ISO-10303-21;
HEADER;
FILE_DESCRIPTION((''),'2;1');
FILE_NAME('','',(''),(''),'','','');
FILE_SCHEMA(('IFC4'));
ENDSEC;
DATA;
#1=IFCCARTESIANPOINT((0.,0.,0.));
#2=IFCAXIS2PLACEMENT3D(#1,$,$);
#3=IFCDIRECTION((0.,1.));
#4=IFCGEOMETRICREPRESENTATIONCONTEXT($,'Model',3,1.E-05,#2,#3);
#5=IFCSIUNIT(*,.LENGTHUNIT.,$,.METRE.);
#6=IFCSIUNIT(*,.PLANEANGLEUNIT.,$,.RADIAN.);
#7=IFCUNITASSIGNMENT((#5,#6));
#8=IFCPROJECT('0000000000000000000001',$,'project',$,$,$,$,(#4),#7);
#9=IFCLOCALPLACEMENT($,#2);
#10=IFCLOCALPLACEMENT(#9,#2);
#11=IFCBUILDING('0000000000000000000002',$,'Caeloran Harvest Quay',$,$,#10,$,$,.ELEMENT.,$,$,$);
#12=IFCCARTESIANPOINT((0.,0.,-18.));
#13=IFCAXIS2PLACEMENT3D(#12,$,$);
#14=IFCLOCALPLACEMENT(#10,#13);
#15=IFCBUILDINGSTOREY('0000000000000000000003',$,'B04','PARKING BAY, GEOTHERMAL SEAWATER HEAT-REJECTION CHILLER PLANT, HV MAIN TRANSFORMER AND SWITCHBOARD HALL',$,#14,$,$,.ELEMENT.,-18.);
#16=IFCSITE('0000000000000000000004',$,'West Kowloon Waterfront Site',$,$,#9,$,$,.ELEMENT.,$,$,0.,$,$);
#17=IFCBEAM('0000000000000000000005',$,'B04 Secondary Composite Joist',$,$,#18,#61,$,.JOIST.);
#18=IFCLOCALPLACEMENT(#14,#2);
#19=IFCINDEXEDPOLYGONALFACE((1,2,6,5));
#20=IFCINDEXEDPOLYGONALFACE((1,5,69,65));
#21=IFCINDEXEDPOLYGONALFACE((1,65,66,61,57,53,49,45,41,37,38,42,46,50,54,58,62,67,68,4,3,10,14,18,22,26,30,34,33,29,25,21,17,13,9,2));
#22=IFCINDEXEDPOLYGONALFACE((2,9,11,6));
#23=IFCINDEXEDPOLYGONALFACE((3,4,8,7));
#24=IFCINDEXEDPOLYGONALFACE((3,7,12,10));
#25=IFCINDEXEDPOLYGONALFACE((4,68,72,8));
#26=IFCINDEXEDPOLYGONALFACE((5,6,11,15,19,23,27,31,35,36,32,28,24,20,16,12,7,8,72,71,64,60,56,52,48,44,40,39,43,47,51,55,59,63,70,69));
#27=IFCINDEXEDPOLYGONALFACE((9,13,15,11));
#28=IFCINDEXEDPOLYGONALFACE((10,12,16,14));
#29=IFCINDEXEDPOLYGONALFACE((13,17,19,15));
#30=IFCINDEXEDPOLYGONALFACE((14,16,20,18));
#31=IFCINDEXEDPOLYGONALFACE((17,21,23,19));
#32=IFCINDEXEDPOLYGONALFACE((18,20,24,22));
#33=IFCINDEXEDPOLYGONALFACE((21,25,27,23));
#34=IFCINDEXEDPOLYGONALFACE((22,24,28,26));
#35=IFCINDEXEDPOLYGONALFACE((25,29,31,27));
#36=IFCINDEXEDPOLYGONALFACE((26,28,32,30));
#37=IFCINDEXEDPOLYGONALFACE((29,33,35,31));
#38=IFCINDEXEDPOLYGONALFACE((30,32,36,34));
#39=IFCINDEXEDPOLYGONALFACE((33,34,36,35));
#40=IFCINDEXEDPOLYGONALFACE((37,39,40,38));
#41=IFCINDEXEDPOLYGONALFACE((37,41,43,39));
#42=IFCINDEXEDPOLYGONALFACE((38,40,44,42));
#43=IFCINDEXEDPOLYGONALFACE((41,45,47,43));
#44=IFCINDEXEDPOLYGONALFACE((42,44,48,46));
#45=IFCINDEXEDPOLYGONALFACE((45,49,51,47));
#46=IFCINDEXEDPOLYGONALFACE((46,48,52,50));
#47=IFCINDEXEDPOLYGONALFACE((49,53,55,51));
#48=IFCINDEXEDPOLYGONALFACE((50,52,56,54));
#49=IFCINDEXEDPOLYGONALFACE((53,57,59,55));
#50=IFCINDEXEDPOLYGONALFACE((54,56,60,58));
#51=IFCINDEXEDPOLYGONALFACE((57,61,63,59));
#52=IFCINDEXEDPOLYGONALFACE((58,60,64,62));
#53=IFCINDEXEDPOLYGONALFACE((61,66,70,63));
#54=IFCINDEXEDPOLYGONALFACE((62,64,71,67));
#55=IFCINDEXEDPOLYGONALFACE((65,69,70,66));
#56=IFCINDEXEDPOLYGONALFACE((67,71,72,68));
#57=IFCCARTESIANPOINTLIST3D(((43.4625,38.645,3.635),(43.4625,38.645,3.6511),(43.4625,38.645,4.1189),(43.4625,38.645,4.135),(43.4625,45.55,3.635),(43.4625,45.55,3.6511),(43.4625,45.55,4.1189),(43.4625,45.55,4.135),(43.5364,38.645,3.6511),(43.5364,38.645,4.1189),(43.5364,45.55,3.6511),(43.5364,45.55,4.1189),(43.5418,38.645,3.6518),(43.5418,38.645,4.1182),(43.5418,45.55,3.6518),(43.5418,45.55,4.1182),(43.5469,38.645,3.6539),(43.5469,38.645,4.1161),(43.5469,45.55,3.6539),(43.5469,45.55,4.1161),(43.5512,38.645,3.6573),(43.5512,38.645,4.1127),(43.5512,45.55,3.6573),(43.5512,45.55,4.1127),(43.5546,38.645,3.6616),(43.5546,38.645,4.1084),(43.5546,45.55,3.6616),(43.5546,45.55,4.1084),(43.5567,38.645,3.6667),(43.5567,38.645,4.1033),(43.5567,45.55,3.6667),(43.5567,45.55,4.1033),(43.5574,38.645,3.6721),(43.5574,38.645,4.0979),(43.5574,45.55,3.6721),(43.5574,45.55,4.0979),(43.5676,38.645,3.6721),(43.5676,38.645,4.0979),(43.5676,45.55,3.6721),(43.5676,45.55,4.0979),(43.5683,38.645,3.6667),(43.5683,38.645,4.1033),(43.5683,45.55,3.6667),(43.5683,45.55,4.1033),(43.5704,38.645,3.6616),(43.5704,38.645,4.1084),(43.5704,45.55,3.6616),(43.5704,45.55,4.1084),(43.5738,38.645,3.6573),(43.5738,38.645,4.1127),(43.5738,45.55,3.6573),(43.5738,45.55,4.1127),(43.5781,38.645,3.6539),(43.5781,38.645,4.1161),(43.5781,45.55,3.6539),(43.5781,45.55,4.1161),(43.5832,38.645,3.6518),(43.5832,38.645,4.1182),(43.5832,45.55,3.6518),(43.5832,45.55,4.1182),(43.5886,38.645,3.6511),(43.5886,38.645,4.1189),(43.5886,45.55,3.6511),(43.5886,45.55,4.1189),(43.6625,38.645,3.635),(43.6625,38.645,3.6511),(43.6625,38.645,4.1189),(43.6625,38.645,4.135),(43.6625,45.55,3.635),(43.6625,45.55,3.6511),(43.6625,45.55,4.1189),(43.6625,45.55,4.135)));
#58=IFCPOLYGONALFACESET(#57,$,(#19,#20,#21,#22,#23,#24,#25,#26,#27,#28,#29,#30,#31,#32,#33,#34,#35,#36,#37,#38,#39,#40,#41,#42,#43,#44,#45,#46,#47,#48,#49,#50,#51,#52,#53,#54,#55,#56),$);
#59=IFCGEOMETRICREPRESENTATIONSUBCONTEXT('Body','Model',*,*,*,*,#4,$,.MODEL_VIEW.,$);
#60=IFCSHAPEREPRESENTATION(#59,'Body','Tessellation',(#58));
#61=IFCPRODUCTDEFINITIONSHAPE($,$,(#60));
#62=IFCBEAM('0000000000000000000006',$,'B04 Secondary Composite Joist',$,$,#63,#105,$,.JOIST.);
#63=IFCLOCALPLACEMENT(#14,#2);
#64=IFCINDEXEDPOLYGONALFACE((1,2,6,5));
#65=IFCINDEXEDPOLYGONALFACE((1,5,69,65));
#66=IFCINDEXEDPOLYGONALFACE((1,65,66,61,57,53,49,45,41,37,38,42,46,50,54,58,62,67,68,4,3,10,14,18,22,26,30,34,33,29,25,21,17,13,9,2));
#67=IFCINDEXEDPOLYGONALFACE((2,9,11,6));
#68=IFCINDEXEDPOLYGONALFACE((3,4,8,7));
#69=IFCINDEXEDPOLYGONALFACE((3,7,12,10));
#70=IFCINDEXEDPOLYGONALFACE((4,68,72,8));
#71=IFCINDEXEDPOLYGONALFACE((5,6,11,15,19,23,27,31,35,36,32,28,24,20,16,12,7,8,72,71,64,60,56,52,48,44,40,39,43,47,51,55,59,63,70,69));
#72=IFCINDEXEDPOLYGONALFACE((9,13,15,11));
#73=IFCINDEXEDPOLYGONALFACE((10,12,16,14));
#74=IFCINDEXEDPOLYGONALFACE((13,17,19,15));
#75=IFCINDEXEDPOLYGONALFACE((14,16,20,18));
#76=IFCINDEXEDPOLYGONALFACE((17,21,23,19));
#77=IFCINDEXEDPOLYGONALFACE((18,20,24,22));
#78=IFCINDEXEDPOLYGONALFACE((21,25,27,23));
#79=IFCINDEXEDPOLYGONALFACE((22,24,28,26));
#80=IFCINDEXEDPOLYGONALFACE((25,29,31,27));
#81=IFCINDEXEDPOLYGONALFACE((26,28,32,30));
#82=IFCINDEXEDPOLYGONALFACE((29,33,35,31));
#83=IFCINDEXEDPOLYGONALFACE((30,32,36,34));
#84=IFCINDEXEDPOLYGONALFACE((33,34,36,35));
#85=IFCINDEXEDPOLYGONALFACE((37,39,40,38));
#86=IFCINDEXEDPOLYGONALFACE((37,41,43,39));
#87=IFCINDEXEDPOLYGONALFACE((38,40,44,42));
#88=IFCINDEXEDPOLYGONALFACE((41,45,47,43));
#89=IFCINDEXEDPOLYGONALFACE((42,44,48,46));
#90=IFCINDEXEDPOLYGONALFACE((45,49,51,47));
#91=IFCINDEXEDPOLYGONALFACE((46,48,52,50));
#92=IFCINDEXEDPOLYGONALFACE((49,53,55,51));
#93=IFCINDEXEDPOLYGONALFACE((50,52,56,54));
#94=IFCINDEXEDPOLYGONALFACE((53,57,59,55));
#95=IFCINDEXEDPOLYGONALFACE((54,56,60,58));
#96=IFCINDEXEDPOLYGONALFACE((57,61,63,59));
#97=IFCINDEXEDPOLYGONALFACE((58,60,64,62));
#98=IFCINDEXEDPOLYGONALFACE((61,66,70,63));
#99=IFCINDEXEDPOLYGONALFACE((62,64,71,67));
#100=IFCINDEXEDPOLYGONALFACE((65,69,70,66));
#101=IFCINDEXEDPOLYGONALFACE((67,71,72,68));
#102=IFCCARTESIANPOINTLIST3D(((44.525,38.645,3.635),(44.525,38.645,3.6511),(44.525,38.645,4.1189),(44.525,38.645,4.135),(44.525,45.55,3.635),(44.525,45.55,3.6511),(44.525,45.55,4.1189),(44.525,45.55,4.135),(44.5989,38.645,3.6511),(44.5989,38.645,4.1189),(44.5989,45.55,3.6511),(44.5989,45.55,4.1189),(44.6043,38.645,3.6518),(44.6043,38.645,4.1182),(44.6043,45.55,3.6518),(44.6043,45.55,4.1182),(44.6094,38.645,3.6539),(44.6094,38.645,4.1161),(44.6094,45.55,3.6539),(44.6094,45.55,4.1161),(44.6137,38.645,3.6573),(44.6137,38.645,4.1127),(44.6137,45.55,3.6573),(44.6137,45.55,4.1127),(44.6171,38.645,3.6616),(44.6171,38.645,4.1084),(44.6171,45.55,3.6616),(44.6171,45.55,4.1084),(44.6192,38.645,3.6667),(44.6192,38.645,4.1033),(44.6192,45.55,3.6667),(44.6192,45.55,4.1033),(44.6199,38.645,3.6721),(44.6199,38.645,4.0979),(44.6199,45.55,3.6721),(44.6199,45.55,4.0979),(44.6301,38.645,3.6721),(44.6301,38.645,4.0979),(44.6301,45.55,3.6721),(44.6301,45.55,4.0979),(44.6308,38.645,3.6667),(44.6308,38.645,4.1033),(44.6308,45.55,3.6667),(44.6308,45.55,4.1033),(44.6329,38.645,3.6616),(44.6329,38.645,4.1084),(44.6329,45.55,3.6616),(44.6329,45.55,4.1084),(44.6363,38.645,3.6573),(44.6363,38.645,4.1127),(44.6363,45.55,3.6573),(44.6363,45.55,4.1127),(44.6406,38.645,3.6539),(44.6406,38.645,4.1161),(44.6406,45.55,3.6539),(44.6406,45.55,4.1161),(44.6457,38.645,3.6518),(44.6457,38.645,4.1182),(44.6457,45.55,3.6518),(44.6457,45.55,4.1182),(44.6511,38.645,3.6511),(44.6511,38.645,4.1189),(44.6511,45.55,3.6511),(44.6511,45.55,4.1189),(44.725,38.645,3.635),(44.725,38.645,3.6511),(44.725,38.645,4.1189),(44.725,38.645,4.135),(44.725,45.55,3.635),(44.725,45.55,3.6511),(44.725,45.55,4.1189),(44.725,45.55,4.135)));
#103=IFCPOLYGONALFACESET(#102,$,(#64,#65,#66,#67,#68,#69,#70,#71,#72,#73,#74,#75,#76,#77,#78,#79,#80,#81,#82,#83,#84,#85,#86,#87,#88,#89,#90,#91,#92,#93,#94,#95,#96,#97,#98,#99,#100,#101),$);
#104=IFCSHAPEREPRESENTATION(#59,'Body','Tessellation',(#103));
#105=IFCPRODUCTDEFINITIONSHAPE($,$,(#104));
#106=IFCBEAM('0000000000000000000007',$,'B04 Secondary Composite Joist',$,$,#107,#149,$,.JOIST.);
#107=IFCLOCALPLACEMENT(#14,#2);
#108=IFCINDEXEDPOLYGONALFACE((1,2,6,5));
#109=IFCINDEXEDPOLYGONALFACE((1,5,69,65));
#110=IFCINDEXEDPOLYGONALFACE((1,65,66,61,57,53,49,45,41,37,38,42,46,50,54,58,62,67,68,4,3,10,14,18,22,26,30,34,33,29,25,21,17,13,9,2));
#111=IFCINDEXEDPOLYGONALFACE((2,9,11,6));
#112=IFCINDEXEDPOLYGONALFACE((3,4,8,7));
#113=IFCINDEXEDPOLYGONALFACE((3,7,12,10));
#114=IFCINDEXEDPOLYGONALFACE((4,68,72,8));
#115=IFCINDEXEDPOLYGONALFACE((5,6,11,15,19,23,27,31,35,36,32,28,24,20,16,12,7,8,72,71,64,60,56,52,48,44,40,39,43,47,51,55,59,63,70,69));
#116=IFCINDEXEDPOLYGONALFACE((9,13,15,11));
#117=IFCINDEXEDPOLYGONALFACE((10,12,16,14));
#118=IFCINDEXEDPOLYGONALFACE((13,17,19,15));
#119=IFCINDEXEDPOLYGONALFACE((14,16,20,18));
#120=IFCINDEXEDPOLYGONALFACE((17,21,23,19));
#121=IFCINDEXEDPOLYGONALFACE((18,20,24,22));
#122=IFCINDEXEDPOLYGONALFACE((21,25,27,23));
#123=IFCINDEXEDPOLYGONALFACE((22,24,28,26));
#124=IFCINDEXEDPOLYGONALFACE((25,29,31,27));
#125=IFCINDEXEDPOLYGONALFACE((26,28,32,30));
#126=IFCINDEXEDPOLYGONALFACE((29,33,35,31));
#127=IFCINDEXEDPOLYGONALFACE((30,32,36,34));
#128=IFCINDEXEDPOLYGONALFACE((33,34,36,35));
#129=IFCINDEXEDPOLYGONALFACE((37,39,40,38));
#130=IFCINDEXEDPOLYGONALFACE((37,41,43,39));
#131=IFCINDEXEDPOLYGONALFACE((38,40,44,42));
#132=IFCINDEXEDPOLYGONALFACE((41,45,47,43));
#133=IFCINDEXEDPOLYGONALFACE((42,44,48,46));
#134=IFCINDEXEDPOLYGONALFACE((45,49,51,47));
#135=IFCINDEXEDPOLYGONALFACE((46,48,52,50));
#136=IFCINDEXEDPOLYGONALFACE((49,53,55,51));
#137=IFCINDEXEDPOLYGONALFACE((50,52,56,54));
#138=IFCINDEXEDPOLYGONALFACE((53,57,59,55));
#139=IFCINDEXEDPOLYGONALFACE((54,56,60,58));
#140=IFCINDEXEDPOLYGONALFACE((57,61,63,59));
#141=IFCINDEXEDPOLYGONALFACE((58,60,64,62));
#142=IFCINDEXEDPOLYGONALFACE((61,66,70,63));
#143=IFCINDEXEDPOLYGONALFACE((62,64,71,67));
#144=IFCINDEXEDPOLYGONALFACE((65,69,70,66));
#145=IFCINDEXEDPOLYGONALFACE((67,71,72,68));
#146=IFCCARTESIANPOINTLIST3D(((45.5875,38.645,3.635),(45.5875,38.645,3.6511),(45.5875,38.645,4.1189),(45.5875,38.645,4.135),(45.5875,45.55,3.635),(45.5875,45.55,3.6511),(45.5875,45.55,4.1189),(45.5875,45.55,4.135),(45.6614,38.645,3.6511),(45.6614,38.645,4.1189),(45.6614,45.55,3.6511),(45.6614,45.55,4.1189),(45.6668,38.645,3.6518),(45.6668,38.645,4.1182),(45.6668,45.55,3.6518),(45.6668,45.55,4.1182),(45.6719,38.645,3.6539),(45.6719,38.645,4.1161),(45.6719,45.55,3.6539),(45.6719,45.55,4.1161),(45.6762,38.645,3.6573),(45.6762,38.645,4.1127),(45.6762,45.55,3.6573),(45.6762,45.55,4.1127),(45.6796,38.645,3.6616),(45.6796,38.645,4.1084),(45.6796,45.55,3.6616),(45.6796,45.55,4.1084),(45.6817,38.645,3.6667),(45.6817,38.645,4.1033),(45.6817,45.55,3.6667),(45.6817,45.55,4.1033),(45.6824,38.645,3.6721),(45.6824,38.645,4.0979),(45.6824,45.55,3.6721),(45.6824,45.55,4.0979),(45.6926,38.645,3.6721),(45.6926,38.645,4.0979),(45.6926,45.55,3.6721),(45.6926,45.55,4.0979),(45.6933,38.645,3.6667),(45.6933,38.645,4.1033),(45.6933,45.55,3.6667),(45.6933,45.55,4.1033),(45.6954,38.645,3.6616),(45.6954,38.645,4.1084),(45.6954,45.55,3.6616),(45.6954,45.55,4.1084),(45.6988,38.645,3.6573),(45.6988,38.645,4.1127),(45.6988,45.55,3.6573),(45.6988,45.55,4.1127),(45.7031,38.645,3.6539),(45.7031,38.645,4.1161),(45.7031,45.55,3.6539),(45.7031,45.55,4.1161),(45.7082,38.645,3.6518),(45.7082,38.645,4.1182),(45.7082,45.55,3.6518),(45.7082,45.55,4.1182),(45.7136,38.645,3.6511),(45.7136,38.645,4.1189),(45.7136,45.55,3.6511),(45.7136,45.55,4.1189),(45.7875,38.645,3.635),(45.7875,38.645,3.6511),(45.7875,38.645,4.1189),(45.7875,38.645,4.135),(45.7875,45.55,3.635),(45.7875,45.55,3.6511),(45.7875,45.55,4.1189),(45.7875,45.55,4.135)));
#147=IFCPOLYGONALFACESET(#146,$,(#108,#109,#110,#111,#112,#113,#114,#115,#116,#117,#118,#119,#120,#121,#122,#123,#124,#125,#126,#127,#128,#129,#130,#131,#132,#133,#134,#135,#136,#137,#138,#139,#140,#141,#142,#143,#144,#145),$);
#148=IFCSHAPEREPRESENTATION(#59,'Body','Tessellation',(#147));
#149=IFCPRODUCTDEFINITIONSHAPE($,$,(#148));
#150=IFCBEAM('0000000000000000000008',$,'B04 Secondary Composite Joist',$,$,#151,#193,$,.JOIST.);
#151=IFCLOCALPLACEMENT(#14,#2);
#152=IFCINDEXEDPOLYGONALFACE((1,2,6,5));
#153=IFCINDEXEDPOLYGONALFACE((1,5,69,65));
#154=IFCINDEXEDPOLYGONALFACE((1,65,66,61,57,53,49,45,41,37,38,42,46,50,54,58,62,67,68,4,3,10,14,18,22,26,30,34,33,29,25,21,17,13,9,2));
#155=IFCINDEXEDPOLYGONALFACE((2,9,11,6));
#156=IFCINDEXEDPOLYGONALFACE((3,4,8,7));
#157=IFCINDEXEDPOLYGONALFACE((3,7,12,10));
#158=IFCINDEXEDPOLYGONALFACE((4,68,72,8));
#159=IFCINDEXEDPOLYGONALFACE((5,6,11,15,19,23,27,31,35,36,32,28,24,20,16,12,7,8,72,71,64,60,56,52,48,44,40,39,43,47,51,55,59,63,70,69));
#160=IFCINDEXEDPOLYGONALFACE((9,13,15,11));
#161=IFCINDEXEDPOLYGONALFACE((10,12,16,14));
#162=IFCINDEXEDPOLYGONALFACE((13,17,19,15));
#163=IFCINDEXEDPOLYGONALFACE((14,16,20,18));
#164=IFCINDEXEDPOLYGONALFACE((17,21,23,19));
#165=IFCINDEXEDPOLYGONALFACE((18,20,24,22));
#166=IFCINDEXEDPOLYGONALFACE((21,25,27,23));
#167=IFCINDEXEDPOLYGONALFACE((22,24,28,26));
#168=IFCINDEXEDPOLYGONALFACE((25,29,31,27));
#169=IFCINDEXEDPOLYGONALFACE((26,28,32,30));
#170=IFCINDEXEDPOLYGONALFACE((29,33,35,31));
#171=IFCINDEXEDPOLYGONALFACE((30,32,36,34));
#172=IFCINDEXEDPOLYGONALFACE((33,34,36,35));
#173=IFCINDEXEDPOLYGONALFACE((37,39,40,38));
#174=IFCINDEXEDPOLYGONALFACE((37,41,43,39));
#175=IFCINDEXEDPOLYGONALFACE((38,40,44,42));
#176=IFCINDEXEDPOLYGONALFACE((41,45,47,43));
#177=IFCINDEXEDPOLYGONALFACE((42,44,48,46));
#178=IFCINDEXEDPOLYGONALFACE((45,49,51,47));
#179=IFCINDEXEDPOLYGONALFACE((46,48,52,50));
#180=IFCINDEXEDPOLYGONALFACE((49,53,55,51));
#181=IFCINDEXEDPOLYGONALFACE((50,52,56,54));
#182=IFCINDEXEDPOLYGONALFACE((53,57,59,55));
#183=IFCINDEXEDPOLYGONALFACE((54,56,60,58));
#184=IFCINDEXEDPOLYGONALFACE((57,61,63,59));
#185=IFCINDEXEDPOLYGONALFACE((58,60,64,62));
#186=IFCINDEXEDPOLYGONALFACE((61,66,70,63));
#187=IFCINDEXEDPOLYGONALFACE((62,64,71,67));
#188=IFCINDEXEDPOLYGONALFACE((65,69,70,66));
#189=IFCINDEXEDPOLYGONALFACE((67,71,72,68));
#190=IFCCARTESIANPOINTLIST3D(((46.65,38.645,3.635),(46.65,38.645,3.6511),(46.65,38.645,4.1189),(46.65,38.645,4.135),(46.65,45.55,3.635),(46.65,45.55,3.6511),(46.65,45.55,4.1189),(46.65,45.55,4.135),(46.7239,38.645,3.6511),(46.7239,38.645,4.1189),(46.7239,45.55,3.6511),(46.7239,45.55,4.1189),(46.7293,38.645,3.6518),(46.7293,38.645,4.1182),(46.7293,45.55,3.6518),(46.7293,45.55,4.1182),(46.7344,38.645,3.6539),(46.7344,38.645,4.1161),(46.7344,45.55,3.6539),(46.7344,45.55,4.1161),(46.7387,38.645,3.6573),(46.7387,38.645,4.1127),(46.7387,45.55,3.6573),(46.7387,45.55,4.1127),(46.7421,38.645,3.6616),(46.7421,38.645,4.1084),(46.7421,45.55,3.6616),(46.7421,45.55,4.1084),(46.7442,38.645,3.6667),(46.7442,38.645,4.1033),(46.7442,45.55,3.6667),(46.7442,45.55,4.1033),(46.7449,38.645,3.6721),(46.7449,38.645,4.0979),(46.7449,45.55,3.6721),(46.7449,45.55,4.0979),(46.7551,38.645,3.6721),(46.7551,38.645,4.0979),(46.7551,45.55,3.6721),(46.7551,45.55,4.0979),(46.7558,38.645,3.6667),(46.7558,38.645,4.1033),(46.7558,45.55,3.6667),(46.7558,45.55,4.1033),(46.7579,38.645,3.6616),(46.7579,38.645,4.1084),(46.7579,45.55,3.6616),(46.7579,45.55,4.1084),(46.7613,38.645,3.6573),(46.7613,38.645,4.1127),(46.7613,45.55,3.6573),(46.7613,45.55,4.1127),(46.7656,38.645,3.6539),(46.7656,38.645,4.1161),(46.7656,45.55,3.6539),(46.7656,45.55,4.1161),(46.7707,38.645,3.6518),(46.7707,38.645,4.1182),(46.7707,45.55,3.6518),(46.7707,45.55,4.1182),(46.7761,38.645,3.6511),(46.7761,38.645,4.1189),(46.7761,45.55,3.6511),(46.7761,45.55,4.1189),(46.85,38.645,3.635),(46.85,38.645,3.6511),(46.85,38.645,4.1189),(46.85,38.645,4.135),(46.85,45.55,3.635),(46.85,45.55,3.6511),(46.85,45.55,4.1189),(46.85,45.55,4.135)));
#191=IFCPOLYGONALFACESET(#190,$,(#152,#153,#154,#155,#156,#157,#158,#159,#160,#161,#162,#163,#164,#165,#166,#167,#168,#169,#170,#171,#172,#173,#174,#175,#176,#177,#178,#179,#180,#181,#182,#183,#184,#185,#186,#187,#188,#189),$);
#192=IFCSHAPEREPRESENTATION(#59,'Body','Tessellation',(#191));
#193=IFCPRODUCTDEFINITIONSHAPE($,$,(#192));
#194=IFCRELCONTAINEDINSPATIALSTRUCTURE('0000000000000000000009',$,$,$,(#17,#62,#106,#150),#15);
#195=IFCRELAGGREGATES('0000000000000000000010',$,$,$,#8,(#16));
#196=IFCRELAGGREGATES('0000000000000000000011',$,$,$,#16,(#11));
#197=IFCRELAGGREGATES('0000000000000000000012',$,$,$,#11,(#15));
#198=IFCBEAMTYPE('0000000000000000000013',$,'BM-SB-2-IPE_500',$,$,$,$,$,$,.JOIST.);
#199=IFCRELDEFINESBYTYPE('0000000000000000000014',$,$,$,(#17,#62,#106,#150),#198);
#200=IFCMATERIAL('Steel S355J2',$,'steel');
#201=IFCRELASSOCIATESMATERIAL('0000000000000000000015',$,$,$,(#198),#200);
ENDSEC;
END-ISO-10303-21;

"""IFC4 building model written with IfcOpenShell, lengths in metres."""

from ifc_helpers import new_model, si_unit, direction, frame, origin, origin_2d, place, context, subcontext, project, spatial, i_section, extrude, material, material_profile, profile_set, type_object, element, save


model = new_model("IFC4")

# Units and contexts
model_context = context("Model", 3, precision=1e-05, world=origin(), true_north=direction((0.0, 1.0)))
body_context = subcontext(model_context, "Body", "Model", "MODEL_VIEW")
ifc_project = project(units=[si_unit("LENGTHUNIT", "METRE"), si_unit("PLANEANGLEUNIT", "RADIAN")], contexts=[model_context])

# Site, building, storey
site_placement = place(None, origin())
site = spatial("IfcSite", under=ifc_project, at=site_placement, Name="West Kowloon Waterfront Site", CompositionType="ELEMENT", RefElevation=0.0)
building_placement = place(site_placement, origin())
building = spatial("IfcBuilding", under=site, at=building_placement, Name="Caeloran Harvest Quay", CompositionType="ELEMENT")
storey_placement = place(building_placement, frame((0.0, 0.0, -18.0)))
storey = spatial("IfcBuildingStorey", under=building, at=storey_placement, Name="B04", Description="PARKING BAY, GEOTHERMAL SEAWATER HEAT-REJECTION CHILLER PLANT, HV MAIN TRANSFORMER AND SWITCHBOARD HALL", CompositionType="ELEMENT", Elevation=-18.0)

# Beams
ifc_material_1 = material(Name="Steel S355J2", Category="steel")
ifc_material_profile_1 = material_profile(ifc_material_1, i_section(OverallWidth=0.2, OverallDepth=0.5, WebThickness=0.0103, FlangeThickness=0.0161, FilletRadius=0.021, at=origin_2d()), Name="IPE 500")
ifc_profile_set_1 = profile_set([ifc_material_profile_1], Name="Steel S355J2")
beam_type_1 = type_object("IfcBeamType", Name="BM-SB-2-IPE_500", PredefinedType="JOIST", material=ifc_profile_set_1)
for number, where, z_axis, x_axis, name in (
    (1, (43.5625, 38.645, 3.885), (0.0, 1.0, 0.0), (-1.0, 0.0, 0.0), "B04 Secondary Composite Joist"),
    (2, (44.625, 38.645, 3.885), (0.0, 1.0, 0.0), (-1.0, 0.0, 0.0), "B04 Secondary Composite Joist"),
    (3, (45.6875, 38.645, 3.885), (0.0, 1.0, 0.0), (-1.0, 0.0, 0.0), "B04 Secondary Composite Joist"),
    (4, (46.75, 38.645, 3.885), (0.0, 1.0, 0.0), (-1.0, 0.0, 0.0), "B04 Secondary Composite Joist"),
):
    element("IfcBeam", number, at=place(storey_placement, frame(where, z_axis=z_axis, x_axis=x_axis)), inside=storey, type_object=beam_type_1, Name=name, PredefinedType="JOIST", context=body_context, shape_type="SweptSolid", body=[
        extrude(i_section(OverallWidth=0.2, OverallDepth=0.5, WebThickness=0.0103, FlangeThickness=0.0161, FilletRadius=0.021, at=origin_2d()), origin(), (0.0, 0.0, 1.0), 6.905),
    ])

save(model, "model.ifc")
